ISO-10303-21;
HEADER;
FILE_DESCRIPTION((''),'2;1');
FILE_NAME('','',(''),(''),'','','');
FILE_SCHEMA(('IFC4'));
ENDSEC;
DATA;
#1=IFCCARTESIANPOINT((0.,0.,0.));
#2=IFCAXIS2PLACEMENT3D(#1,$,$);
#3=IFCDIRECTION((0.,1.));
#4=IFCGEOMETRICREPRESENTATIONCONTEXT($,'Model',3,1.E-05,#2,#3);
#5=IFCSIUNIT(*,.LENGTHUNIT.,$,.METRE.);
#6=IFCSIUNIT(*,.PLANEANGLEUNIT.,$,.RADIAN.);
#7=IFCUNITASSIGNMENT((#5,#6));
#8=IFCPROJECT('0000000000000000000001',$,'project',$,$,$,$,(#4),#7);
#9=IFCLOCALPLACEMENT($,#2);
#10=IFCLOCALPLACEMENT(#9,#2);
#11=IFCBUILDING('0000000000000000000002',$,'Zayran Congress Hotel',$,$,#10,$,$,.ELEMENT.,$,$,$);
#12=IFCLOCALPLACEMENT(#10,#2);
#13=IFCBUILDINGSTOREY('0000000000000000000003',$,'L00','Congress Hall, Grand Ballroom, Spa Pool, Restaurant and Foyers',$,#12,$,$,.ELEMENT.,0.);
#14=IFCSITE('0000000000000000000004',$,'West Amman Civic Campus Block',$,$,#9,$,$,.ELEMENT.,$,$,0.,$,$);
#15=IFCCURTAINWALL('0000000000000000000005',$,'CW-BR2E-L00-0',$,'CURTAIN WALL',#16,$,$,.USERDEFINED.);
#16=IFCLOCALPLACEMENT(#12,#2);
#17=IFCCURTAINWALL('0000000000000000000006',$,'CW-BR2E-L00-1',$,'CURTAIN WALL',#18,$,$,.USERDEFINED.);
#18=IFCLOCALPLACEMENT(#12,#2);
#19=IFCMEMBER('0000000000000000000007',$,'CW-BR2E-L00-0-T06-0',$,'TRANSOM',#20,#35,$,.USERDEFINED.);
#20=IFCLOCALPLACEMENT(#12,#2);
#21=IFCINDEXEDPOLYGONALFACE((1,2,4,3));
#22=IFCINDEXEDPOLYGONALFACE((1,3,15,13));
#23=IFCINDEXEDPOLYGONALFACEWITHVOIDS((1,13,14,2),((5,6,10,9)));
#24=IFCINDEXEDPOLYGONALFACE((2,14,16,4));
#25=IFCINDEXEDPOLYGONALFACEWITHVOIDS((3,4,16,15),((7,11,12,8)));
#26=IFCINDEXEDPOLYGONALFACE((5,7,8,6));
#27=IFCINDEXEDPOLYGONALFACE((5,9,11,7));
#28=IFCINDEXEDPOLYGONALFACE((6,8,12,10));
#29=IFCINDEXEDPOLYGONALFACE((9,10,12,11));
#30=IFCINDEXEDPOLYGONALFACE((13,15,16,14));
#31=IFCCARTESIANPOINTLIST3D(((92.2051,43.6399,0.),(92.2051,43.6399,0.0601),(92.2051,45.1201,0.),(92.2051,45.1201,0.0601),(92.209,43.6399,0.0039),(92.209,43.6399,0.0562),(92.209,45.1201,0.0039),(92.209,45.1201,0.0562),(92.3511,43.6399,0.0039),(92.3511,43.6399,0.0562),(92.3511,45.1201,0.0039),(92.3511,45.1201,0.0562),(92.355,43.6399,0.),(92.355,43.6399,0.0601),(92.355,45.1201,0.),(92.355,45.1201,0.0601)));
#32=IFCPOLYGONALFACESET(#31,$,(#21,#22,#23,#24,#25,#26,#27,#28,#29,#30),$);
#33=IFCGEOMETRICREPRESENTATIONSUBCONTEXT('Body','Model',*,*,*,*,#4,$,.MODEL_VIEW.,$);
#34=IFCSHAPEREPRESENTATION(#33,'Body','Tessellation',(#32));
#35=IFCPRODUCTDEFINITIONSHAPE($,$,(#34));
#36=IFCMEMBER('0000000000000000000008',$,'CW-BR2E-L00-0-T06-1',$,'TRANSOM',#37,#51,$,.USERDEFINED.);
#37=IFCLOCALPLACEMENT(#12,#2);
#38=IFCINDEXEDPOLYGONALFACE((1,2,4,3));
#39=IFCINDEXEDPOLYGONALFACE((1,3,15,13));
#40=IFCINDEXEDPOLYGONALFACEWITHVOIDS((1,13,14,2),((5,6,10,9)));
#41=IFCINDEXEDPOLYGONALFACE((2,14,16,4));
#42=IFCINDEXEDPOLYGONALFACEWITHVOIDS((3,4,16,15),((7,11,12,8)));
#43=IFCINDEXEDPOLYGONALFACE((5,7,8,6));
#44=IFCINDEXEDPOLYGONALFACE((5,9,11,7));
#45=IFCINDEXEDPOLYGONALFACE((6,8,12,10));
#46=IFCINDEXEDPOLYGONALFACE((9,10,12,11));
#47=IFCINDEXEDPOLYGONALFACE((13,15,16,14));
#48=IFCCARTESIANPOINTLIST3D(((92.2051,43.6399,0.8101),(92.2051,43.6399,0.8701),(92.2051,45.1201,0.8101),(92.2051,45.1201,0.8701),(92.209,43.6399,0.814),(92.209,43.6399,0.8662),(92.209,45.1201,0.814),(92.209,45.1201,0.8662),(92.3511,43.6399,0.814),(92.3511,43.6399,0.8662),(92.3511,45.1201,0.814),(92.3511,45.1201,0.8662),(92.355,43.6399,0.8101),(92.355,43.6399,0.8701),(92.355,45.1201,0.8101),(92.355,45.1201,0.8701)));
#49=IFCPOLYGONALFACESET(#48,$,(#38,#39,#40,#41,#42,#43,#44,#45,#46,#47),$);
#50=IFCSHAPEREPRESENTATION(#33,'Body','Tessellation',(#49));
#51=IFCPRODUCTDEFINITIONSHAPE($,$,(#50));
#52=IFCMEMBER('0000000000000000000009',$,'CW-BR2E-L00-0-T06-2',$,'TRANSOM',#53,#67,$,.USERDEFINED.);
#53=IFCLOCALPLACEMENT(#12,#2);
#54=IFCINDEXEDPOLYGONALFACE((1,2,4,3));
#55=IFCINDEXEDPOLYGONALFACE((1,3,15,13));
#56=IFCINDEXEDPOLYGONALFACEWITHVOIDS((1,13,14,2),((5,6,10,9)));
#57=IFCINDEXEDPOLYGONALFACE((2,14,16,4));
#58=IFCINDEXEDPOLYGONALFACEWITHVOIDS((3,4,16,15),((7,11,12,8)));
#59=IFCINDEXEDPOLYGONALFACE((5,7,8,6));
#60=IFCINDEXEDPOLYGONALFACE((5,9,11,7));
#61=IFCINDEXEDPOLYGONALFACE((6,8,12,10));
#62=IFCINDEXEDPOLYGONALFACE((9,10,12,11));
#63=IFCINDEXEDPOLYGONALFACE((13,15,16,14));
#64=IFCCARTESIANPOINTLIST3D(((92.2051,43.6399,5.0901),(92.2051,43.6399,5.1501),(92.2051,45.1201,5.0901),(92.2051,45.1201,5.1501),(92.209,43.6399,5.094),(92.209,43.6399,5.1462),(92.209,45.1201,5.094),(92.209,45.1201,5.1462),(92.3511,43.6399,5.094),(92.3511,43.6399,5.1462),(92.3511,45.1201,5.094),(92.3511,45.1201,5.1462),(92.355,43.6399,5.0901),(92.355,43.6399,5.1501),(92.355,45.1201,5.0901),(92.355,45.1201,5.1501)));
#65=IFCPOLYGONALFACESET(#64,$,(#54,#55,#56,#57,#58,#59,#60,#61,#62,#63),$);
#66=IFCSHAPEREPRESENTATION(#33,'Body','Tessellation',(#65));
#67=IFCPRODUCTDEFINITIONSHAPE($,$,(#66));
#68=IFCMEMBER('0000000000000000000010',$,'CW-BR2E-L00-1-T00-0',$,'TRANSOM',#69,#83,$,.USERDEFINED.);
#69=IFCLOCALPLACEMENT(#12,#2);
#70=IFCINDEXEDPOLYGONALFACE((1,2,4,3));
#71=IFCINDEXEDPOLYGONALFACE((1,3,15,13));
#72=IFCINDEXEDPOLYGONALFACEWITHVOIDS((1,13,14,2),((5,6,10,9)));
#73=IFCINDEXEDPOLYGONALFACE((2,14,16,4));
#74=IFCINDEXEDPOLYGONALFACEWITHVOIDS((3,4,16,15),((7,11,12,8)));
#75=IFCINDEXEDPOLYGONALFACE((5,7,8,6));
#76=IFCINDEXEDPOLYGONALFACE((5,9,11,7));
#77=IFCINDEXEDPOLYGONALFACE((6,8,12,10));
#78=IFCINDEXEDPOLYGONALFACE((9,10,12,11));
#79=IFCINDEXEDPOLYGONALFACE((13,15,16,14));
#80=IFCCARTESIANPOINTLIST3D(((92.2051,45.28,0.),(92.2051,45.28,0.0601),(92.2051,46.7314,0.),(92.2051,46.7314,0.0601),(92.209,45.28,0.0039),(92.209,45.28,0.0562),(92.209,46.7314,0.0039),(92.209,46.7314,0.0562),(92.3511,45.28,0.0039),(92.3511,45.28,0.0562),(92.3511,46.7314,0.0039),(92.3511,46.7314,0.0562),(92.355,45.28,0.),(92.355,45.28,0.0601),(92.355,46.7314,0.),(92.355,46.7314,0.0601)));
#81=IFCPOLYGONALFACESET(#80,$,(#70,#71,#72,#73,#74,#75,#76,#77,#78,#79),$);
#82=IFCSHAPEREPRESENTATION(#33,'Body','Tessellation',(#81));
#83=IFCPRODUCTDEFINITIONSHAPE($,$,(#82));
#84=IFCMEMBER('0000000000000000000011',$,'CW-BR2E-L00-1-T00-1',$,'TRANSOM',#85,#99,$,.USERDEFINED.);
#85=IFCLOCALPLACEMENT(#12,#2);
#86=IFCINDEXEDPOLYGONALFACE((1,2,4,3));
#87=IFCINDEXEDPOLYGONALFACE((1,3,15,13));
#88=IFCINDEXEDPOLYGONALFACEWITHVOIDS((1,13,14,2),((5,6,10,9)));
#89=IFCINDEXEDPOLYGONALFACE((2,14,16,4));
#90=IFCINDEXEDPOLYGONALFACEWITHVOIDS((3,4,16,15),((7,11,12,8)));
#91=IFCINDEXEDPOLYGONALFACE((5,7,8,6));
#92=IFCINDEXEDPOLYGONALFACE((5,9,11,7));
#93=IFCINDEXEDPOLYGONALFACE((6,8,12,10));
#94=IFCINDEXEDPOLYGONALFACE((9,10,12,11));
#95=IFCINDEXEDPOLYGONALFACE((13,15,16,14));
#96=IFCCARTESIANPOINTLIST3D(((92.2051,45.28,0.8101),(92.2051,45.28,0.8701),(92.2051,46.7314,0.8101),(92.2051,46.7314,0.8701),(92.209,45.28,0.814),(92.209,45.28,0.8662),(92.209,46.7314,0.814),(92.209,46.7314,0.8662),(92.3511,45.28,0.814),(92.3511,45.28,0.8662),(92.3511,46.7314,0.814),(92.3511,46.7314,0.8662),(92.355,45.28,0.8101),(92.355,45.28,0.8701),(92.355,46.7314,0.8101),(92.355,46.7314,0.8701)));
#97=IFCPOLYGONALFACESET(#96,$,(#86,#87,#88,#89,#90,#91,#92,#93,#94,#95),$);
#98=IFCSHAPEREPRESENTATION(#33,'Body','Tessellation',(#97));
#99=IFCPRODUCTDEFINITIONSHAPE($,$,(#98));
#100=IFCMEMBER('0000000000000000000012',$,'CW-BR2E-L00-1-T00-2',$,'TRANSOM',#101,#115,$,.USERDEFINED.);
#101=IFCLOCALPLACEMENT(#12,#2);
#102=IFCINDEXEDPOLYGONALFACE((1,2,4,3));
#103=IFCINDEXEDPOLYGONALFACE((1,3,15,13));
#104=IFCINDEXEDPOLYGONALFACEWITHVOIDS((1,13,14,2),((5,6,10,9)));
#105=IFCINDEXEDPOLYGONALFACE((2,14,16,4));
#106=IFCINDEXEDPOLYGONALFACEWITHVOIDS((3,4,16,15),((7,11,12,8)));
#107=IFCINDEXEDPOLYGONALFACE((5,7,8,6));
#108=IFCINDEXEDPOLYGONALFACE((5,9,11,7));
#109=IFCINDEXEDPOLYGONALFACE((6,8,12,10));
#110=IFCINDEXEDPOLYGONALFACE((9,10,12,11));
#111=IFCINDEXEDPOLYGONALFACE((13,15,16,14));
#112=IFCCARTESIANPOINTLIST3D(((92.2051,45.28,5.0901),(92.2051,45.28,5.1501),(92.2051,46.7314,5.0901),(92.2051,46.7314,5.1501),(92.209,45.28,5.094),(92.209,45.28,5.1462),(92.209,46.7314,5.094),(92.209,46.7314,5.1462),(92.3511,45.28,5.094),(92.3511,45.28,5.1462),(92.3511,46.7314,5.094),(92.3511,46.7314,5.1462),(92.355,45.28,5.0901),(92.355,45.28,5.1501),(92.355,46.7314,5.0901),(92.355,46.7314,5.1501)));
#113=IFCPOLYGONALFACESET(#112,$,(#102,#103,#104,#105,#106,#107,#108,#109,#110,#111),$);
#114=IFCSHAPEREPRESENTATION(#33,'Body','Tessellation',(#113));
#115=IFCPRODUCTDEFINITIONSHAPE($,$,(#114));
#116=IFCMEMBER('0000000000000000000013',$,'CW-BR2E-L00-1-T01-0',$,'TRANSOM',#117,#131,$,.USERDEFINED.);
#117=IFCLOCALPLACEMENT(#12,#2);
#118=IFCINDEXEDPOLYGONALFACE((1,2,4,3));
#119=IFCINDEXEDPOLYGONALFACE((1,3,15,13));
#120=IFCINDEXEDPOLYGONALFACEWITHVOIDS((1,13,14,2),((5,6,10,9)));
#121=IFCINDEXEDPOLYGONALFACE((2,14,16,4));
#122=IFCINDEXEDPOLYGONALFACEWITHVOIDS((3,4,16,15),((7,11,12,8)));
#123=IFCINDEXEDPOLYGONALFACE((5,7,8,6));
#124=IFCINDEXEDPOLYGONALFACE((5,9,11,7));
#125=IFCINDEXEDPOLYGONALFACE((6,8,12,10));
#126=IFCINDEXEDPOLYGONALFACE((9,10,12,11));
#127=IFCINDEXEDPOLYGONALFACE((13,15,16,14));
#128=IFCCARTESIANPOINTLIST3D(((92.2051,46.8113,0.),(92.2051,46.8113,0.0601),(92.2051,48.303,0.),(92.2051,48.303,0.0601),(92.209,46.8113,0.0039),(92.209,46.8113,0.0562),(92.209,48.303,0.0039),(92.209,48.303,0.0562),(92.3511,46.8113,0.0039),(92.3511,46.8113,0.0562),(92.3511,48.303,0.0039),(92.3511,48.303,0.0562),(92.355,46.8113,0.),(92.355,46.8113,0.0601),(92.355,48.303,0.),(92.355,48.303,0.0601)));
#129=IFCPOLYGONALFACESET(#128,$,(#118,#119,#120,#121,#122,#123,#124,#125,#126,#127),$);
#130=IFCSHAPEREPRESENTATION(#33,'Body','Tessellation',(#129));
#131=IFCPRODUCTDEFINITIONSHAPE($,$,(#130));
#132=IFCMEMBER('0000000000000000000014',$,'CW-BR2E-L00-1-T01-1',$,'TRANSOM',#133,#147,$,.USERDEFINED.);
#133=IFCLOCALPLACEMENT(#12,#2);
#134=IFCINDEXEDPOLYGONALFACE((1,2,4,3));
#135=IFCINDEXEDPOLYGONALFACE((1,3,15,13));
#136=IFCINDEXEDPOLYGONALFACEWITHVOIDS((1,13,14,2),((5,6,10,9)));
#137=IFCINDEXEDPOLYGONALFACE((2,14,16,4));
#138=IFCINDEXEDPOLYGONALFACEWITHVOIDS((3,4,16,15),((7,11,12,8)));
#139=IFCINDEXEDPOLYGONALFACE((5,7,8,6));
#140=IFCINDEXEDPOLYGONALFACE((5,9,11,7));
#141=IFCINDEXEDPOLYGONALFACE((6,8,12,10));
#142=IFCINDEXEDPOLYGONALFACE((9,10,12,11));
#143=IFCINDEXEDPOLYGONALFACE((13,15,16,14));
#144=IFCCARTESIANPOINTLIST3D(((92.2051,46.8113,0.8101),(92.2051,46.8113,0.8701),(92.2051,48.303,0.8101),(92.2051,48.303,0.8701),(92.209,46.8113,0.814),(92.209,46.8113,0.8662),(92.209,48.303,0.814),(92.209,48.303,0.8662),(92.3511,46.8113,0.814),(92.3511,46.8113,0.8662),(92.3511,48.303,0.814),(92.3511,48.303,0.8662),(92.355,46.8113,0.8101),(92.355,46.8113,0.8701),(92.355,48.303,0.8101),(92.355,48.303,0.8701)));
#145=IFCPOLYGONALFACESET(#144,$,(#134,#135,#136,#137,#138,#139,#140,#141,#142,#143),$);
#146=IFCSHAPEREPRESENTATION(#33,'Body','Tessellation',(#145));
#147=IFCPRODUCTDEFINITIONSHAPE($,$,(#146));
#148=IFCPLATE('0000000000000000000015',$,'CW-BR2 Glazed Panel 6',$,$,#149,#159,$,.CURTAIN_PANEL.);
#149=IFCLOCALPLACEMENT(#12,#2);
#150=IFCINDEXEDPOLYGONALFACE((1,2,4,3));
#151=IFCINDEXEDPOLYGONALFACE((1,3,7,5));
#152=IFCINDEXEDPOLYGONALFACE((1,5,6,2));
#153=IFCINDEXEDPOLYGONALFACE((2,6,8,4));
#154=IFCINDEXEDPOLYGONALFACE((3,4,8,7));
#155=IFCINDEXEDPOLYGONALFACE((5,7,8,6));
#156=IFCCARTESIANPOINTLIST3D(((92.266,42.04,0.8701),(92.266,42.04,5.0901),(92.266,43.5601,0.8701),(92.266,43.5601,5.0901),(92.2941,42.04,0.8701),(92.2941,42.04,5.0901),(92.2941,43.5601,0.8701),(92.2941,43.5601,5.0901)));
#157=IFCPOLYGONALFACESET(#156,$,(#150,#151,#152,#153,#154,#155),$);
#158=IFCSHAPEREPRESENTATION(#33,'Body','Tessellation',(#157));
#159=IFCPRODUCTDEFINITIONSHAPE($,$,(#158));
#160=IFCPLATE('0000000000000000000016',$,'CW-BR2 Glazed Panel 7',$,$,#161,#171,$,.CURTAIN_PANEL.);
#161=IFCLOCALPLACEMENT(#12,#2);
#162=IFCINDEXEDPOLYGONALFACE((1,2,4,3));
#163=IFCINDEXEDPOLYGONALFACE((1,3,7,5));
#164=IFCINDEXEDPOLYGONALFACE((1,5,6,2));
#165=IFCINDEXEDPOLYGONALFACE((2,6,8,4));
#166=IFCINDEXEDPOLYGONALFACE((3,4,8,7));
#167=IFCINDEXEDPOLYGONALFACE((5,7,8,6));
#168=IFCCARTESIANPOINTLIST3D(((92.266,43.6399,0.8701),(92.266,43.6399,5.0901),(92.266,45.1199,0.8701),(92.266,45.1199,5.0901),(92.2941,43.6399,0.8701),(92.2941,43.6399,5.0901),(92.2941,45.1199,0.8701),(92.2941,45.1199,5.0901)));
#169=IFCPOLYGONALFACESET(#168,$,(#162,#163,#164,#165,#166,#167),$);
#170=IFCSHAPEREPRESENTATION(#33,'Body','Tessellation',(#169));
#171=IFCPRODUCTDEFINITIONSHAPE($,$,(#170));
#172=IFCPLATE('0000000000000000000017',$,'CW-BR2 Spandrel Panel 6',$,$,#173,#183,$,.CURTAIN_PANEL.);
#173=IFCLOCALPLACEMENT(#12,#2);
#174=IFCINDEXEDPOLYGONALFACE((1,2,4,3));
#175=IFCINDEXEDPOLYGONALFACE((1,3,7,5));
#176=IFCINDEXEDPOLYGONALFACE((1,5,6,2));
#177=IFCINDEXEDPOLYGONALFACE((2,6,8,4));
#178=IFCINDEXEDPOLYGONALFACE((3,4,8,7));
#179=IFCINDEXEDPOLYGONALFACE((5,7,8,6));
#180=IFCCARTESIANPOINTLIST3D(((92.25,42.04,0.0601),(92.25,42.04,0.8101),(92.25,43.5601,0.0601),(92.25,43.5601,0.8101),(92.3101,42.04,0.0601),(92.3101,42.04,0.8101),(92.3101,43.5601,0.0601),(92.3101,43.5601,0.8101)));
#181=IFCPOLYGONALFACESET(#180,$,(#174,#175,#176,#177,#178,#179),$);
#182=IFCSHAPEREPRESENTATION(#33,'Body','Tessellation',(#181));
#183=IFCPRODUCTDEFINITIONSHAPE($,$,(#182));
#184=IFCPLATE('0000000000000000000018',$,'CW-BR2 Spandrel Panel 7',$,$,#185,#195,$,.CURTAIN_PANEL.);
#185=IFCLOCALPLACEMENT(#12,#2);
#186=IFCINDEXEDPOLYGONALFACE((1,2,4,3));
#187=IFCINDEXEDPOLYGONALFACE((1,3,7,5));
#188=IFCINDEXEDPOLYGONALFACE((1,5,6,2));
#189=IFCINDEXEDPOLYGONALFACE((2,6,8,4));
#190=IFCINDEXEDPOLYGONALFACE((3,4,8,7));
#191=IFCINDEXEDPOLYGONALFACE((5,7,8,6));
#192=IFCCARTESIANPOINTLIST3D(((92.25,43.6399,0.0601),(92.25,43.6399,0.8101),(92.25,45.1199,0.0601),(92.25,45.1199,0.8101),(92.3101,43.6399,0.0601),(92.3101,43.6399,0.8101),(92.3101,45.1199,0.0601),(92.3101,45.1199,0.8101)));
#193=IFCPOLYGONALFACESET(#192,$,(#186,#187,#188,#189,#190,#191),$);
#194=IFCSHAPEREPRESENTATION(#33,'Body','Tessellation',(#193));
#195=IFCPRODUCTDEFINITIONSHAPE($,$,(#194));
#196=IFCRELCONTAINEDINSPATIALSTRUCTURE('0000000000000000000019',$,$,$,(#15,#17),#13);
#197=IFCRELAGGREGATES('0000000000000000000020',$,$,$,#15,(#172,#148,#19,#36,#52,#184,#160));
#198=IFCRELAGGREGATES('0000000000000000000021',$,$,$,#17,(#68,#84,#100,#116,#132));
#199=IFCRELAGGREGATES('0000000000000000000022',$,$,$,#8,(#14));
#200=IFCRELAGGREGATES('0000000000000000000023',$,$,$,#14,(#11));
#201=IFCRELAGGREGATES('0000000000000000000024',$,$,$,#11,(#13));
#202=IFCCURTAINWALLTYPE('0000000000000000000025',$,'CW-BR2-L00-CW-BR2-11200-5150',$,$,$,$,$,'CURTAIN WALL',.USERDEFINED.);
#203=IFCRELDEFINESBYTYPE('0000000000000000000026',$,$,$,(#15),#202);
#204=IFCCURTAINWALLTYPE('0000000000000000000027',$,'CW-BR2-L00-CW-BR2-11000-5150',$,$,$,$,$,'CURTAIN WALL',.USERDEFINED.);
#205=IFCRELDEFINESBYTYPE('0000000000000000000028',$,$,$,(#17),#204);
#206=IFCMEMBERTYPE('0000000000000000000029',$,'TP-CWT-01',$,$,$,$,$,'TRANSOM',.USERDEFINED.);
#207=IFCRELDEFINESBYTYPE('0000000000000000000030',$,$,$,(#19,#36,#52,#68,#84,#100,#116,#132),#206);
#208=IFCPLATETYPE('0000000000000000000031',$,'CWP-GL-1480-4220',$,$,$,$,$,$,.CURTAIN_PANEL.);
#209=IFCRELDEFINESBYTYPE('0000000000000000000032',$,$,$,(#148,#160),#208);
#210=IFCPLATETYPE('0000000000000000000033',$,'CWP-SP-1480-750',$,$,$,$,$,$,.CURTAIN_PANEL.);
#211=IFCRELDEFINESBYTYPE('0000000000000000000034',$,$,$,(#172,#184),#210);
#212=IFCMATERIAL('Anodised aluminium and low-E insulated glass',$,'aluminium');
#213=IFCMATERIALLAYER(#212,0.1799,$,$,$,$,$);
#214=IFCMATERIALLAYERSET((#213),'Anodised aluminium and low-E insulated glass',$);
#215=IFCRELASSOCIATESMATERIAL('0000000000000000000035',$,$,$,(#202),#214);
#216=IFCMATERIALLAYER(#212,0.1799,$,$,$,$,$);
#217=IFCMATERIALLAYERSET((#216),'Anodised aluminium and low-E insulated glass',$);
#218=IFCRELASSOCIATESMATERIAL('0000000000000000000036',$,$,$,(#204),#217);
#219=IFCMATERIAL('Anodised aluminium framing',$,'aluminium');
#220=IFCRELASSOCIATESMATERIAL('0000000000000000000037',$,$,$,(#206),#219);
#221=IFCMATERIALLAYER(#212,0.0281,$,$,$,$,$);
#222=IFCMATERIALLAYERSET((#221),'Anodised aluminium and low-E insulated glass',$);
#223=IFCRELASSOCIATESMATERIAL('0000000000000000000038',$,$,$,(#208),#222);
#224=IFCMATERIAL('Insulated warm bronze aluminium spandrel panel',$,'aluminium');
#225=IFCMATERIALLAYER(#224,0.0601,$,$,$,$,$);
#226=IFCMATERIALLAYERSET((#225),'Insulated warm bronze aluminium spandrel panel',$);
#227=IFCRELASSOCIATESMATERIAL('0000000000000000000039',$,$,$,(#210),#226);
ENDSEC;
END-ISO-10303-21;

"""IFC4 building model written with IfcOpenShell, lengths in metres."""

from ifc_helpers import new_model, si_unit, direction, frame, origin, origin_2d, place, context, subcontext, project, spatial, rectangle, hollow_rectangle, extrude, material, layer, layer_set, material_profile, profile_set, type_object, element, aggregate, save


model = new_model("IFC4")

# Units and contexts
model_context = context("Model", 3, precision=1e-05, world=origin(), true_north=direction((0.0, 1.0)))
body_context = subcontext(model_context, "Body", "Model", "MODEL_VIEW")
ifc_project = project(units=[si_unit("LENGTHUNIT", "METRE"), si_unit("PLANEANGLEUNIT", "RADIAN")], contexts=[model_context])

# Site, building, storey
site_placement = place(None, origin())
site = spatial("IfcSite", under=ifc_project, at=site_placement, Name="West Amman Civic Campus Block", CompositionType="ELEMENT", RefElevation=0.0)
building_placement = place(site_placement, origin())
building = spatial("IfcBuilding", under=site, at=building_placement, Name="Zayran Congress Hotel", CompositionType="ELEMENT")
storey_placement = place(building_placement, origin())
storey = spatial("IfcBuildingStorey", under=building, at=storey_placement, Name="L00", Description="Congress Hall, Grand Ballroom, Spa Pool, Restaurant and Foyers", CompositionType="ELEMENT", Elevation=0.0)

# Curtain walls
ifc_material_1 = material(Name="Anodised aluminium and low-E insulated glass", Category="aluminium")
ifc_layer_1 = layer(ifc_material_1, 0.1799)
ifc_layer_set_1 = layer_set([ifc_layer_1], Name="Anodised aluminium and low-E insulated glass")
curtain_wall_type_1 = type_object("IfcCurtainWallType", Name="CW-BR2-L00-CW-BR2-11200-5150", ElementType="CURTAIN WALL", PredefinedType="USERDEFINED", material=ifc_layer_set_1)
curtain_wall_1_placement = place(storey_placement, origin())
curtain_wall_1 = element("IfcCurtainWall", 1, at=curtain_wall_1_placement, inside=storey, type_object=curtain_wall_type_1, Name="CW-BR2E-L00-0", ObjectType="CURTAIN WALL", PredefinedType="USERDEFINED")
ifc_material_2 = material(Name="Anodised aluminium framing", Category="aluminium")
ifc_layer_2 = layer(ifc_material_1, 0.1799)
ifc_layer_set_2 = layer_set([ifc_layer_2], Name="Anodised aluminium and low-E insulated glass")
curtain_wall_type_2 = type_object("IfcCurtainWallType", Name="CW-BR2-L00-CW-BR2-11000-5150", ElementType="CURTAIN WALL", PredefinedType="USERDEFINED", material=ifc_layer_set_2)
curtain_wall_2_placement = place(storey_placement, origin())
curtain_wall_2 = element("IfcCurtainWall", 2, at=curtain_wall_2_placement, inside=storey, type_object=curtain_wall_type_2, Name="CW-BR2E-L00-1", ObjectType="CURTAIN WALL", PredefinedType="USERDEFINED")

# Members
ifc_material_profile_1 = material_profile(ifc_material_2, hollow_rectangle(XDim=0.0601, YDim=0.1499, WallThickness=0.0039, at=origin_2d()), Name="RHS 150x60x4")
ifc_profile_set_1 = profile_set([ifc_material_profile_1], Name="Anodised aluminium framing")
member_type_1 = type_object("IfcMemberType", Name="TP-CWT-01", ElementType="TRANSOM", PredefinedType="USERDEFINED", material=ifc_profile_set_1)
member_1_placement = place(storey_placement, frame((92.28, 43.6399, 0.03), z_axis=(0.0, 1.0, 0.0), x_axis=(0.0, 0.0, 1.0)))
member_1 = element("IfcMember", 3, at=member_1_placement, type_object=member_type_1, Name="CW-BR2E-L00-0-T06-0", ObjectType="TRANSOM", PredefinedType="USERDEFINED", context=body_context, shape_type="SweptSolid", body=[
    extrude(hollow_rectangle(XDim=0.0601, YDim=0.1499, WallThickness=0.0039, at=origin_2d()), origin(), (0.0, 0.0, 1.0), 1.4802),
])
member_2_placement = place(storey_placement, frame((92.28, 43.6399, 0.8401), z_axis=(0.0, 1.0, 0.0), x_axis=(0.0, 0.0, 1.0)))
member_2 = element("IfcMember", 4, at=member_2_placement, type_object=member_type_1, Name="CW-BR2E-L00-0-T06-1", ObjectType="TRANSOM", PredefinedType="USERDEFINED", context=body_context, shape_type="SweptSolid", body=[
    extrude(hollow_rectangle(XDim=0.0601, YDim=0.1499, WallThickness=0.0039, at=origin_2d()), origin(), (0.0, 0.0, 1.0), 1.4802),
])
member_3_placement = place(storey_placement, frame((92.28, 43.6399, 5.1201), z_axis=(0.0, 1.0, 0.0), x_axis=(0.0, 0.0, 1.0)))
member_3 = element("IfcMember", 5, at=member_3_placement, type_object=member_type_1, Name="CW-BR2E-L00-0-T06-2", ObjectType="TRANSOM", PredefinedType="USERDEFINED", context=body_context, shape_type="SweptSolid", body=[
    extrude(hollow_rectangle(XDim=0.0601, YDim=0.1499, WallThickness=0.0039, at=origin_2d()), origin(), (0.0, 0.0, 1.0), 1.4802),
])
member_4_placement = place(storey_placement, frame((92.28, 45.28, 0.03), z_axis=(0.0, 1.0, 0.0), x_axis=(0.0, 0.0, 1.0)))
member_4 = element("IfcMember", 6, at=member_4_placement, type_object=member_type_1, Name="CW-BR2E-L00-1-T00-0", ObjectType="TRANSOM", PredefinedType="USERDEFINED", context=body_context, shape_type="SweptSolid", body=[
    extrude(hollow_rectangle(XDim=0.0601, YDim=0.1499, WallThickness=0.0039, at=origin_2d()), origin(), (0.0, 0.0, 1.0), 1.4514),
])
member_5_placement = place(storey_placement, frame((92.28, 45.28, 0.8401), z_axis=(0.0, 1.0, 0.0), x_axis=(0.0, 0.0, 1.0)))
member_5 = element("IfcMember", 7, at=member_5_placement, type_object=member_type_1, Name="CW-BR2E-L00-1-T00-1", ObjectType="TRANSOM", PredefinedType="USERDEFINED", context=body_context, shape_type="SweptSolid", body=[
    extrude(hollow_rectangle(XDim=0.0601, YDim=0.1499, WallThickness=0.0039, at=origin_2d()), origin(), (0.0, 0.0, 1.0), 1.4514),
])
member_6_placement = place(storey_placement, frame((92.28, 45.28, 5.1201), z_axis=(0.0, 1.0, 0.0), x_axis=(0.0, 0.0, 1.0)))
member_6 = element("IfcMember", 8, at=member_6_placement, type_object=member_type_1, Name="CW-BR2E-L00-1-T00-2", ObjectType="TRANSOM", PredefinedType="USERDEFINED", context=body_context, shape_type="SweptSolid", body=[
    extrude(hollow_rectangle(XDim=0.0601, YDim=0.1499, WallThickness=0.0039, at=origin_2d()), origin(), (0.0, 0.0, 1.0), 1.4514),
])
member_7_placement = place(storey_placement, frame((92.28, 46.8113, 0.03), z_axis=(0.0, 1.0, 0.0), x_axis=(0.0, 0.0, 1.0)))
member_7 = element("IfcMember", 9, at=member_7_placement, type_object=member_type_1, Name="CW-BR2E-L00-1-T01-0", ObjectType="TRANSOM", PredefinedType="USERDEFINED", context=body_context, shape_type="SweptSolid", body=[
    extrude(hollow_rectangle(XDim=0.0601, YDim=0.1499, WallThickness=0.0039, at=origin_2d()), origin(), (0.0, 0.0, 1.0), 1.4917),
])
member_8_placement = place(storey_placement, frame((92.28, 46.8113, 0.8401), z_axis=(0.0, 1.0, 0.0), x_axis=(0.0, 0.0, 1.0)))
member_8 = element("IfcMember", 10, at=member_8_placement, type_object=member_type_1, Name="CW-BR2E-L00-1-T01-1", ObjectType="TRANSOM", PredefinedType="USERDEFINED", context=body_context, shape_type="SweptSolid", body=[
    extrude(hollow_rectangle(XDim=0.0601, YDim=0.1499, WallThickness=0.0039, at=origin_2d()), origin(), (0.0, 0.0, 1.0), 1.4917),
])

# Plates
ifc_layer_3 = layer(ifc_material_1, 0.0281)
ifc_layer_set_3 = layer_set([ifc_layer_3], Name="Anodised aluminium and low-E insulated glass")
plate_type_1 = type_object("IfcPlateType", Name="CWP-GL-1480-4220", PredefinedType="CURTAIN_PANEL", material=ifc_layer_set_3)
plate_1_placement = place(storey_placement, frame((92.28, 42.8, 0.8701), z_axis=(0.0, 0.0, 1.0), x_axis=(0.0, 1.0, 0.0)))
plate_1 = element("IfcPlate", 11, at=plate_1_placement, type_object=plate_type_1, Name="CW-BR2 Glazed Panel 6", PredefinedType="CURTAIN_PANEL", context=body_context, shape_type="SweptSolid", body=[
    extrude(rectangle(XDim=1.52, YDim=0.0281, at=origin_2d()), origin(), (0.0, 0.0, 1.0), 4.22),
])
plate_2_placement = place(storey_placement, frame((92.28, 44.3799, 0.8701), z_axis=(0.0, 0.0, 1.0), x_axis=(0.0, 1.0, 0.0)))
plate_2 = element("IfcPlate", 12, at=plate_2_placement, type_object=plate_type_1, Name="CW-BR2 Glazed Panel 7", PredefinedType="CURTAIN_PANEL", context=body_context, shape_type="SweptSolid", body=[
    extrude(rectangle(XDim=1.48, YDim=0.0281, at=origin_2d()), origin(), (0.0, 0.0, 1.0), 4.22),
])
ifc_material_3 = material(Name="Insulated warm bronze aluminium spandrel panel", Category="aluminium")
ifc_layer_4 = layer(ifc_material_3, 0.0601)
ifc_layer_set_4 = layer_set([ifc_layer_4], Name="Insulated warm bronze aluminium spandrel panel")
plate_type_2 = type_object("IfcPlateType", Name="CWP-SP-1480-750", PredefinedType="CURTAIN_PANEL", material=ifc_layer_set_4)
plate_3_placement = place(storey_placement, frame((92.28, 42.8, 0.0601), z_axis=(0.0, 0.0, 1.0), x_axis=(0.0, 1.0, 0.0)))
plate_3 = element("IfcPlate", 13, at=plate_3_placement, type_object=plate_type_2, Name="CW-BR2 Spandrel Panel 6", PredefinedType="CURTAIN_PANEL", context=body_context, shape_type="SweptSolid", body=[
    extrude(rectangle(XDim=1.52, YDim=0.0601, at=origin_2d()), origin(), (0.0, 0.0, 1.0), 0.75),
])
plate_4_placement = place(storey_placement, frame((92.28, 44.3799, 0.0601), z_axis=(0.0, 0.0, 1.0), x_axis=(0.0, 1.0, 0.0)))
plate_4 = element("IfcPlate", 14, at=plate_4_placement, type_object=plate_type_2, Name="CW-BR2 Spandrel Panel 7", PredefinedType="CURTAIN_PANEL", context=body_context, shape_type="SweptSolid", body=[
    extrude(rectangle(XDim=1.48, YDim=0.0601, at=origin_2d()), origin(), (0.0, 0.0, 1.0), 0.75),
])
aggregate(curtain_wall_1, [plate_3, plate_1, member_1, member_2, member_3, plate_4, plate_2])
aggregate(curtain_wall_2, [member_4, member_5, member_6, member_7, member_8])

save(model, "model.ifc")
